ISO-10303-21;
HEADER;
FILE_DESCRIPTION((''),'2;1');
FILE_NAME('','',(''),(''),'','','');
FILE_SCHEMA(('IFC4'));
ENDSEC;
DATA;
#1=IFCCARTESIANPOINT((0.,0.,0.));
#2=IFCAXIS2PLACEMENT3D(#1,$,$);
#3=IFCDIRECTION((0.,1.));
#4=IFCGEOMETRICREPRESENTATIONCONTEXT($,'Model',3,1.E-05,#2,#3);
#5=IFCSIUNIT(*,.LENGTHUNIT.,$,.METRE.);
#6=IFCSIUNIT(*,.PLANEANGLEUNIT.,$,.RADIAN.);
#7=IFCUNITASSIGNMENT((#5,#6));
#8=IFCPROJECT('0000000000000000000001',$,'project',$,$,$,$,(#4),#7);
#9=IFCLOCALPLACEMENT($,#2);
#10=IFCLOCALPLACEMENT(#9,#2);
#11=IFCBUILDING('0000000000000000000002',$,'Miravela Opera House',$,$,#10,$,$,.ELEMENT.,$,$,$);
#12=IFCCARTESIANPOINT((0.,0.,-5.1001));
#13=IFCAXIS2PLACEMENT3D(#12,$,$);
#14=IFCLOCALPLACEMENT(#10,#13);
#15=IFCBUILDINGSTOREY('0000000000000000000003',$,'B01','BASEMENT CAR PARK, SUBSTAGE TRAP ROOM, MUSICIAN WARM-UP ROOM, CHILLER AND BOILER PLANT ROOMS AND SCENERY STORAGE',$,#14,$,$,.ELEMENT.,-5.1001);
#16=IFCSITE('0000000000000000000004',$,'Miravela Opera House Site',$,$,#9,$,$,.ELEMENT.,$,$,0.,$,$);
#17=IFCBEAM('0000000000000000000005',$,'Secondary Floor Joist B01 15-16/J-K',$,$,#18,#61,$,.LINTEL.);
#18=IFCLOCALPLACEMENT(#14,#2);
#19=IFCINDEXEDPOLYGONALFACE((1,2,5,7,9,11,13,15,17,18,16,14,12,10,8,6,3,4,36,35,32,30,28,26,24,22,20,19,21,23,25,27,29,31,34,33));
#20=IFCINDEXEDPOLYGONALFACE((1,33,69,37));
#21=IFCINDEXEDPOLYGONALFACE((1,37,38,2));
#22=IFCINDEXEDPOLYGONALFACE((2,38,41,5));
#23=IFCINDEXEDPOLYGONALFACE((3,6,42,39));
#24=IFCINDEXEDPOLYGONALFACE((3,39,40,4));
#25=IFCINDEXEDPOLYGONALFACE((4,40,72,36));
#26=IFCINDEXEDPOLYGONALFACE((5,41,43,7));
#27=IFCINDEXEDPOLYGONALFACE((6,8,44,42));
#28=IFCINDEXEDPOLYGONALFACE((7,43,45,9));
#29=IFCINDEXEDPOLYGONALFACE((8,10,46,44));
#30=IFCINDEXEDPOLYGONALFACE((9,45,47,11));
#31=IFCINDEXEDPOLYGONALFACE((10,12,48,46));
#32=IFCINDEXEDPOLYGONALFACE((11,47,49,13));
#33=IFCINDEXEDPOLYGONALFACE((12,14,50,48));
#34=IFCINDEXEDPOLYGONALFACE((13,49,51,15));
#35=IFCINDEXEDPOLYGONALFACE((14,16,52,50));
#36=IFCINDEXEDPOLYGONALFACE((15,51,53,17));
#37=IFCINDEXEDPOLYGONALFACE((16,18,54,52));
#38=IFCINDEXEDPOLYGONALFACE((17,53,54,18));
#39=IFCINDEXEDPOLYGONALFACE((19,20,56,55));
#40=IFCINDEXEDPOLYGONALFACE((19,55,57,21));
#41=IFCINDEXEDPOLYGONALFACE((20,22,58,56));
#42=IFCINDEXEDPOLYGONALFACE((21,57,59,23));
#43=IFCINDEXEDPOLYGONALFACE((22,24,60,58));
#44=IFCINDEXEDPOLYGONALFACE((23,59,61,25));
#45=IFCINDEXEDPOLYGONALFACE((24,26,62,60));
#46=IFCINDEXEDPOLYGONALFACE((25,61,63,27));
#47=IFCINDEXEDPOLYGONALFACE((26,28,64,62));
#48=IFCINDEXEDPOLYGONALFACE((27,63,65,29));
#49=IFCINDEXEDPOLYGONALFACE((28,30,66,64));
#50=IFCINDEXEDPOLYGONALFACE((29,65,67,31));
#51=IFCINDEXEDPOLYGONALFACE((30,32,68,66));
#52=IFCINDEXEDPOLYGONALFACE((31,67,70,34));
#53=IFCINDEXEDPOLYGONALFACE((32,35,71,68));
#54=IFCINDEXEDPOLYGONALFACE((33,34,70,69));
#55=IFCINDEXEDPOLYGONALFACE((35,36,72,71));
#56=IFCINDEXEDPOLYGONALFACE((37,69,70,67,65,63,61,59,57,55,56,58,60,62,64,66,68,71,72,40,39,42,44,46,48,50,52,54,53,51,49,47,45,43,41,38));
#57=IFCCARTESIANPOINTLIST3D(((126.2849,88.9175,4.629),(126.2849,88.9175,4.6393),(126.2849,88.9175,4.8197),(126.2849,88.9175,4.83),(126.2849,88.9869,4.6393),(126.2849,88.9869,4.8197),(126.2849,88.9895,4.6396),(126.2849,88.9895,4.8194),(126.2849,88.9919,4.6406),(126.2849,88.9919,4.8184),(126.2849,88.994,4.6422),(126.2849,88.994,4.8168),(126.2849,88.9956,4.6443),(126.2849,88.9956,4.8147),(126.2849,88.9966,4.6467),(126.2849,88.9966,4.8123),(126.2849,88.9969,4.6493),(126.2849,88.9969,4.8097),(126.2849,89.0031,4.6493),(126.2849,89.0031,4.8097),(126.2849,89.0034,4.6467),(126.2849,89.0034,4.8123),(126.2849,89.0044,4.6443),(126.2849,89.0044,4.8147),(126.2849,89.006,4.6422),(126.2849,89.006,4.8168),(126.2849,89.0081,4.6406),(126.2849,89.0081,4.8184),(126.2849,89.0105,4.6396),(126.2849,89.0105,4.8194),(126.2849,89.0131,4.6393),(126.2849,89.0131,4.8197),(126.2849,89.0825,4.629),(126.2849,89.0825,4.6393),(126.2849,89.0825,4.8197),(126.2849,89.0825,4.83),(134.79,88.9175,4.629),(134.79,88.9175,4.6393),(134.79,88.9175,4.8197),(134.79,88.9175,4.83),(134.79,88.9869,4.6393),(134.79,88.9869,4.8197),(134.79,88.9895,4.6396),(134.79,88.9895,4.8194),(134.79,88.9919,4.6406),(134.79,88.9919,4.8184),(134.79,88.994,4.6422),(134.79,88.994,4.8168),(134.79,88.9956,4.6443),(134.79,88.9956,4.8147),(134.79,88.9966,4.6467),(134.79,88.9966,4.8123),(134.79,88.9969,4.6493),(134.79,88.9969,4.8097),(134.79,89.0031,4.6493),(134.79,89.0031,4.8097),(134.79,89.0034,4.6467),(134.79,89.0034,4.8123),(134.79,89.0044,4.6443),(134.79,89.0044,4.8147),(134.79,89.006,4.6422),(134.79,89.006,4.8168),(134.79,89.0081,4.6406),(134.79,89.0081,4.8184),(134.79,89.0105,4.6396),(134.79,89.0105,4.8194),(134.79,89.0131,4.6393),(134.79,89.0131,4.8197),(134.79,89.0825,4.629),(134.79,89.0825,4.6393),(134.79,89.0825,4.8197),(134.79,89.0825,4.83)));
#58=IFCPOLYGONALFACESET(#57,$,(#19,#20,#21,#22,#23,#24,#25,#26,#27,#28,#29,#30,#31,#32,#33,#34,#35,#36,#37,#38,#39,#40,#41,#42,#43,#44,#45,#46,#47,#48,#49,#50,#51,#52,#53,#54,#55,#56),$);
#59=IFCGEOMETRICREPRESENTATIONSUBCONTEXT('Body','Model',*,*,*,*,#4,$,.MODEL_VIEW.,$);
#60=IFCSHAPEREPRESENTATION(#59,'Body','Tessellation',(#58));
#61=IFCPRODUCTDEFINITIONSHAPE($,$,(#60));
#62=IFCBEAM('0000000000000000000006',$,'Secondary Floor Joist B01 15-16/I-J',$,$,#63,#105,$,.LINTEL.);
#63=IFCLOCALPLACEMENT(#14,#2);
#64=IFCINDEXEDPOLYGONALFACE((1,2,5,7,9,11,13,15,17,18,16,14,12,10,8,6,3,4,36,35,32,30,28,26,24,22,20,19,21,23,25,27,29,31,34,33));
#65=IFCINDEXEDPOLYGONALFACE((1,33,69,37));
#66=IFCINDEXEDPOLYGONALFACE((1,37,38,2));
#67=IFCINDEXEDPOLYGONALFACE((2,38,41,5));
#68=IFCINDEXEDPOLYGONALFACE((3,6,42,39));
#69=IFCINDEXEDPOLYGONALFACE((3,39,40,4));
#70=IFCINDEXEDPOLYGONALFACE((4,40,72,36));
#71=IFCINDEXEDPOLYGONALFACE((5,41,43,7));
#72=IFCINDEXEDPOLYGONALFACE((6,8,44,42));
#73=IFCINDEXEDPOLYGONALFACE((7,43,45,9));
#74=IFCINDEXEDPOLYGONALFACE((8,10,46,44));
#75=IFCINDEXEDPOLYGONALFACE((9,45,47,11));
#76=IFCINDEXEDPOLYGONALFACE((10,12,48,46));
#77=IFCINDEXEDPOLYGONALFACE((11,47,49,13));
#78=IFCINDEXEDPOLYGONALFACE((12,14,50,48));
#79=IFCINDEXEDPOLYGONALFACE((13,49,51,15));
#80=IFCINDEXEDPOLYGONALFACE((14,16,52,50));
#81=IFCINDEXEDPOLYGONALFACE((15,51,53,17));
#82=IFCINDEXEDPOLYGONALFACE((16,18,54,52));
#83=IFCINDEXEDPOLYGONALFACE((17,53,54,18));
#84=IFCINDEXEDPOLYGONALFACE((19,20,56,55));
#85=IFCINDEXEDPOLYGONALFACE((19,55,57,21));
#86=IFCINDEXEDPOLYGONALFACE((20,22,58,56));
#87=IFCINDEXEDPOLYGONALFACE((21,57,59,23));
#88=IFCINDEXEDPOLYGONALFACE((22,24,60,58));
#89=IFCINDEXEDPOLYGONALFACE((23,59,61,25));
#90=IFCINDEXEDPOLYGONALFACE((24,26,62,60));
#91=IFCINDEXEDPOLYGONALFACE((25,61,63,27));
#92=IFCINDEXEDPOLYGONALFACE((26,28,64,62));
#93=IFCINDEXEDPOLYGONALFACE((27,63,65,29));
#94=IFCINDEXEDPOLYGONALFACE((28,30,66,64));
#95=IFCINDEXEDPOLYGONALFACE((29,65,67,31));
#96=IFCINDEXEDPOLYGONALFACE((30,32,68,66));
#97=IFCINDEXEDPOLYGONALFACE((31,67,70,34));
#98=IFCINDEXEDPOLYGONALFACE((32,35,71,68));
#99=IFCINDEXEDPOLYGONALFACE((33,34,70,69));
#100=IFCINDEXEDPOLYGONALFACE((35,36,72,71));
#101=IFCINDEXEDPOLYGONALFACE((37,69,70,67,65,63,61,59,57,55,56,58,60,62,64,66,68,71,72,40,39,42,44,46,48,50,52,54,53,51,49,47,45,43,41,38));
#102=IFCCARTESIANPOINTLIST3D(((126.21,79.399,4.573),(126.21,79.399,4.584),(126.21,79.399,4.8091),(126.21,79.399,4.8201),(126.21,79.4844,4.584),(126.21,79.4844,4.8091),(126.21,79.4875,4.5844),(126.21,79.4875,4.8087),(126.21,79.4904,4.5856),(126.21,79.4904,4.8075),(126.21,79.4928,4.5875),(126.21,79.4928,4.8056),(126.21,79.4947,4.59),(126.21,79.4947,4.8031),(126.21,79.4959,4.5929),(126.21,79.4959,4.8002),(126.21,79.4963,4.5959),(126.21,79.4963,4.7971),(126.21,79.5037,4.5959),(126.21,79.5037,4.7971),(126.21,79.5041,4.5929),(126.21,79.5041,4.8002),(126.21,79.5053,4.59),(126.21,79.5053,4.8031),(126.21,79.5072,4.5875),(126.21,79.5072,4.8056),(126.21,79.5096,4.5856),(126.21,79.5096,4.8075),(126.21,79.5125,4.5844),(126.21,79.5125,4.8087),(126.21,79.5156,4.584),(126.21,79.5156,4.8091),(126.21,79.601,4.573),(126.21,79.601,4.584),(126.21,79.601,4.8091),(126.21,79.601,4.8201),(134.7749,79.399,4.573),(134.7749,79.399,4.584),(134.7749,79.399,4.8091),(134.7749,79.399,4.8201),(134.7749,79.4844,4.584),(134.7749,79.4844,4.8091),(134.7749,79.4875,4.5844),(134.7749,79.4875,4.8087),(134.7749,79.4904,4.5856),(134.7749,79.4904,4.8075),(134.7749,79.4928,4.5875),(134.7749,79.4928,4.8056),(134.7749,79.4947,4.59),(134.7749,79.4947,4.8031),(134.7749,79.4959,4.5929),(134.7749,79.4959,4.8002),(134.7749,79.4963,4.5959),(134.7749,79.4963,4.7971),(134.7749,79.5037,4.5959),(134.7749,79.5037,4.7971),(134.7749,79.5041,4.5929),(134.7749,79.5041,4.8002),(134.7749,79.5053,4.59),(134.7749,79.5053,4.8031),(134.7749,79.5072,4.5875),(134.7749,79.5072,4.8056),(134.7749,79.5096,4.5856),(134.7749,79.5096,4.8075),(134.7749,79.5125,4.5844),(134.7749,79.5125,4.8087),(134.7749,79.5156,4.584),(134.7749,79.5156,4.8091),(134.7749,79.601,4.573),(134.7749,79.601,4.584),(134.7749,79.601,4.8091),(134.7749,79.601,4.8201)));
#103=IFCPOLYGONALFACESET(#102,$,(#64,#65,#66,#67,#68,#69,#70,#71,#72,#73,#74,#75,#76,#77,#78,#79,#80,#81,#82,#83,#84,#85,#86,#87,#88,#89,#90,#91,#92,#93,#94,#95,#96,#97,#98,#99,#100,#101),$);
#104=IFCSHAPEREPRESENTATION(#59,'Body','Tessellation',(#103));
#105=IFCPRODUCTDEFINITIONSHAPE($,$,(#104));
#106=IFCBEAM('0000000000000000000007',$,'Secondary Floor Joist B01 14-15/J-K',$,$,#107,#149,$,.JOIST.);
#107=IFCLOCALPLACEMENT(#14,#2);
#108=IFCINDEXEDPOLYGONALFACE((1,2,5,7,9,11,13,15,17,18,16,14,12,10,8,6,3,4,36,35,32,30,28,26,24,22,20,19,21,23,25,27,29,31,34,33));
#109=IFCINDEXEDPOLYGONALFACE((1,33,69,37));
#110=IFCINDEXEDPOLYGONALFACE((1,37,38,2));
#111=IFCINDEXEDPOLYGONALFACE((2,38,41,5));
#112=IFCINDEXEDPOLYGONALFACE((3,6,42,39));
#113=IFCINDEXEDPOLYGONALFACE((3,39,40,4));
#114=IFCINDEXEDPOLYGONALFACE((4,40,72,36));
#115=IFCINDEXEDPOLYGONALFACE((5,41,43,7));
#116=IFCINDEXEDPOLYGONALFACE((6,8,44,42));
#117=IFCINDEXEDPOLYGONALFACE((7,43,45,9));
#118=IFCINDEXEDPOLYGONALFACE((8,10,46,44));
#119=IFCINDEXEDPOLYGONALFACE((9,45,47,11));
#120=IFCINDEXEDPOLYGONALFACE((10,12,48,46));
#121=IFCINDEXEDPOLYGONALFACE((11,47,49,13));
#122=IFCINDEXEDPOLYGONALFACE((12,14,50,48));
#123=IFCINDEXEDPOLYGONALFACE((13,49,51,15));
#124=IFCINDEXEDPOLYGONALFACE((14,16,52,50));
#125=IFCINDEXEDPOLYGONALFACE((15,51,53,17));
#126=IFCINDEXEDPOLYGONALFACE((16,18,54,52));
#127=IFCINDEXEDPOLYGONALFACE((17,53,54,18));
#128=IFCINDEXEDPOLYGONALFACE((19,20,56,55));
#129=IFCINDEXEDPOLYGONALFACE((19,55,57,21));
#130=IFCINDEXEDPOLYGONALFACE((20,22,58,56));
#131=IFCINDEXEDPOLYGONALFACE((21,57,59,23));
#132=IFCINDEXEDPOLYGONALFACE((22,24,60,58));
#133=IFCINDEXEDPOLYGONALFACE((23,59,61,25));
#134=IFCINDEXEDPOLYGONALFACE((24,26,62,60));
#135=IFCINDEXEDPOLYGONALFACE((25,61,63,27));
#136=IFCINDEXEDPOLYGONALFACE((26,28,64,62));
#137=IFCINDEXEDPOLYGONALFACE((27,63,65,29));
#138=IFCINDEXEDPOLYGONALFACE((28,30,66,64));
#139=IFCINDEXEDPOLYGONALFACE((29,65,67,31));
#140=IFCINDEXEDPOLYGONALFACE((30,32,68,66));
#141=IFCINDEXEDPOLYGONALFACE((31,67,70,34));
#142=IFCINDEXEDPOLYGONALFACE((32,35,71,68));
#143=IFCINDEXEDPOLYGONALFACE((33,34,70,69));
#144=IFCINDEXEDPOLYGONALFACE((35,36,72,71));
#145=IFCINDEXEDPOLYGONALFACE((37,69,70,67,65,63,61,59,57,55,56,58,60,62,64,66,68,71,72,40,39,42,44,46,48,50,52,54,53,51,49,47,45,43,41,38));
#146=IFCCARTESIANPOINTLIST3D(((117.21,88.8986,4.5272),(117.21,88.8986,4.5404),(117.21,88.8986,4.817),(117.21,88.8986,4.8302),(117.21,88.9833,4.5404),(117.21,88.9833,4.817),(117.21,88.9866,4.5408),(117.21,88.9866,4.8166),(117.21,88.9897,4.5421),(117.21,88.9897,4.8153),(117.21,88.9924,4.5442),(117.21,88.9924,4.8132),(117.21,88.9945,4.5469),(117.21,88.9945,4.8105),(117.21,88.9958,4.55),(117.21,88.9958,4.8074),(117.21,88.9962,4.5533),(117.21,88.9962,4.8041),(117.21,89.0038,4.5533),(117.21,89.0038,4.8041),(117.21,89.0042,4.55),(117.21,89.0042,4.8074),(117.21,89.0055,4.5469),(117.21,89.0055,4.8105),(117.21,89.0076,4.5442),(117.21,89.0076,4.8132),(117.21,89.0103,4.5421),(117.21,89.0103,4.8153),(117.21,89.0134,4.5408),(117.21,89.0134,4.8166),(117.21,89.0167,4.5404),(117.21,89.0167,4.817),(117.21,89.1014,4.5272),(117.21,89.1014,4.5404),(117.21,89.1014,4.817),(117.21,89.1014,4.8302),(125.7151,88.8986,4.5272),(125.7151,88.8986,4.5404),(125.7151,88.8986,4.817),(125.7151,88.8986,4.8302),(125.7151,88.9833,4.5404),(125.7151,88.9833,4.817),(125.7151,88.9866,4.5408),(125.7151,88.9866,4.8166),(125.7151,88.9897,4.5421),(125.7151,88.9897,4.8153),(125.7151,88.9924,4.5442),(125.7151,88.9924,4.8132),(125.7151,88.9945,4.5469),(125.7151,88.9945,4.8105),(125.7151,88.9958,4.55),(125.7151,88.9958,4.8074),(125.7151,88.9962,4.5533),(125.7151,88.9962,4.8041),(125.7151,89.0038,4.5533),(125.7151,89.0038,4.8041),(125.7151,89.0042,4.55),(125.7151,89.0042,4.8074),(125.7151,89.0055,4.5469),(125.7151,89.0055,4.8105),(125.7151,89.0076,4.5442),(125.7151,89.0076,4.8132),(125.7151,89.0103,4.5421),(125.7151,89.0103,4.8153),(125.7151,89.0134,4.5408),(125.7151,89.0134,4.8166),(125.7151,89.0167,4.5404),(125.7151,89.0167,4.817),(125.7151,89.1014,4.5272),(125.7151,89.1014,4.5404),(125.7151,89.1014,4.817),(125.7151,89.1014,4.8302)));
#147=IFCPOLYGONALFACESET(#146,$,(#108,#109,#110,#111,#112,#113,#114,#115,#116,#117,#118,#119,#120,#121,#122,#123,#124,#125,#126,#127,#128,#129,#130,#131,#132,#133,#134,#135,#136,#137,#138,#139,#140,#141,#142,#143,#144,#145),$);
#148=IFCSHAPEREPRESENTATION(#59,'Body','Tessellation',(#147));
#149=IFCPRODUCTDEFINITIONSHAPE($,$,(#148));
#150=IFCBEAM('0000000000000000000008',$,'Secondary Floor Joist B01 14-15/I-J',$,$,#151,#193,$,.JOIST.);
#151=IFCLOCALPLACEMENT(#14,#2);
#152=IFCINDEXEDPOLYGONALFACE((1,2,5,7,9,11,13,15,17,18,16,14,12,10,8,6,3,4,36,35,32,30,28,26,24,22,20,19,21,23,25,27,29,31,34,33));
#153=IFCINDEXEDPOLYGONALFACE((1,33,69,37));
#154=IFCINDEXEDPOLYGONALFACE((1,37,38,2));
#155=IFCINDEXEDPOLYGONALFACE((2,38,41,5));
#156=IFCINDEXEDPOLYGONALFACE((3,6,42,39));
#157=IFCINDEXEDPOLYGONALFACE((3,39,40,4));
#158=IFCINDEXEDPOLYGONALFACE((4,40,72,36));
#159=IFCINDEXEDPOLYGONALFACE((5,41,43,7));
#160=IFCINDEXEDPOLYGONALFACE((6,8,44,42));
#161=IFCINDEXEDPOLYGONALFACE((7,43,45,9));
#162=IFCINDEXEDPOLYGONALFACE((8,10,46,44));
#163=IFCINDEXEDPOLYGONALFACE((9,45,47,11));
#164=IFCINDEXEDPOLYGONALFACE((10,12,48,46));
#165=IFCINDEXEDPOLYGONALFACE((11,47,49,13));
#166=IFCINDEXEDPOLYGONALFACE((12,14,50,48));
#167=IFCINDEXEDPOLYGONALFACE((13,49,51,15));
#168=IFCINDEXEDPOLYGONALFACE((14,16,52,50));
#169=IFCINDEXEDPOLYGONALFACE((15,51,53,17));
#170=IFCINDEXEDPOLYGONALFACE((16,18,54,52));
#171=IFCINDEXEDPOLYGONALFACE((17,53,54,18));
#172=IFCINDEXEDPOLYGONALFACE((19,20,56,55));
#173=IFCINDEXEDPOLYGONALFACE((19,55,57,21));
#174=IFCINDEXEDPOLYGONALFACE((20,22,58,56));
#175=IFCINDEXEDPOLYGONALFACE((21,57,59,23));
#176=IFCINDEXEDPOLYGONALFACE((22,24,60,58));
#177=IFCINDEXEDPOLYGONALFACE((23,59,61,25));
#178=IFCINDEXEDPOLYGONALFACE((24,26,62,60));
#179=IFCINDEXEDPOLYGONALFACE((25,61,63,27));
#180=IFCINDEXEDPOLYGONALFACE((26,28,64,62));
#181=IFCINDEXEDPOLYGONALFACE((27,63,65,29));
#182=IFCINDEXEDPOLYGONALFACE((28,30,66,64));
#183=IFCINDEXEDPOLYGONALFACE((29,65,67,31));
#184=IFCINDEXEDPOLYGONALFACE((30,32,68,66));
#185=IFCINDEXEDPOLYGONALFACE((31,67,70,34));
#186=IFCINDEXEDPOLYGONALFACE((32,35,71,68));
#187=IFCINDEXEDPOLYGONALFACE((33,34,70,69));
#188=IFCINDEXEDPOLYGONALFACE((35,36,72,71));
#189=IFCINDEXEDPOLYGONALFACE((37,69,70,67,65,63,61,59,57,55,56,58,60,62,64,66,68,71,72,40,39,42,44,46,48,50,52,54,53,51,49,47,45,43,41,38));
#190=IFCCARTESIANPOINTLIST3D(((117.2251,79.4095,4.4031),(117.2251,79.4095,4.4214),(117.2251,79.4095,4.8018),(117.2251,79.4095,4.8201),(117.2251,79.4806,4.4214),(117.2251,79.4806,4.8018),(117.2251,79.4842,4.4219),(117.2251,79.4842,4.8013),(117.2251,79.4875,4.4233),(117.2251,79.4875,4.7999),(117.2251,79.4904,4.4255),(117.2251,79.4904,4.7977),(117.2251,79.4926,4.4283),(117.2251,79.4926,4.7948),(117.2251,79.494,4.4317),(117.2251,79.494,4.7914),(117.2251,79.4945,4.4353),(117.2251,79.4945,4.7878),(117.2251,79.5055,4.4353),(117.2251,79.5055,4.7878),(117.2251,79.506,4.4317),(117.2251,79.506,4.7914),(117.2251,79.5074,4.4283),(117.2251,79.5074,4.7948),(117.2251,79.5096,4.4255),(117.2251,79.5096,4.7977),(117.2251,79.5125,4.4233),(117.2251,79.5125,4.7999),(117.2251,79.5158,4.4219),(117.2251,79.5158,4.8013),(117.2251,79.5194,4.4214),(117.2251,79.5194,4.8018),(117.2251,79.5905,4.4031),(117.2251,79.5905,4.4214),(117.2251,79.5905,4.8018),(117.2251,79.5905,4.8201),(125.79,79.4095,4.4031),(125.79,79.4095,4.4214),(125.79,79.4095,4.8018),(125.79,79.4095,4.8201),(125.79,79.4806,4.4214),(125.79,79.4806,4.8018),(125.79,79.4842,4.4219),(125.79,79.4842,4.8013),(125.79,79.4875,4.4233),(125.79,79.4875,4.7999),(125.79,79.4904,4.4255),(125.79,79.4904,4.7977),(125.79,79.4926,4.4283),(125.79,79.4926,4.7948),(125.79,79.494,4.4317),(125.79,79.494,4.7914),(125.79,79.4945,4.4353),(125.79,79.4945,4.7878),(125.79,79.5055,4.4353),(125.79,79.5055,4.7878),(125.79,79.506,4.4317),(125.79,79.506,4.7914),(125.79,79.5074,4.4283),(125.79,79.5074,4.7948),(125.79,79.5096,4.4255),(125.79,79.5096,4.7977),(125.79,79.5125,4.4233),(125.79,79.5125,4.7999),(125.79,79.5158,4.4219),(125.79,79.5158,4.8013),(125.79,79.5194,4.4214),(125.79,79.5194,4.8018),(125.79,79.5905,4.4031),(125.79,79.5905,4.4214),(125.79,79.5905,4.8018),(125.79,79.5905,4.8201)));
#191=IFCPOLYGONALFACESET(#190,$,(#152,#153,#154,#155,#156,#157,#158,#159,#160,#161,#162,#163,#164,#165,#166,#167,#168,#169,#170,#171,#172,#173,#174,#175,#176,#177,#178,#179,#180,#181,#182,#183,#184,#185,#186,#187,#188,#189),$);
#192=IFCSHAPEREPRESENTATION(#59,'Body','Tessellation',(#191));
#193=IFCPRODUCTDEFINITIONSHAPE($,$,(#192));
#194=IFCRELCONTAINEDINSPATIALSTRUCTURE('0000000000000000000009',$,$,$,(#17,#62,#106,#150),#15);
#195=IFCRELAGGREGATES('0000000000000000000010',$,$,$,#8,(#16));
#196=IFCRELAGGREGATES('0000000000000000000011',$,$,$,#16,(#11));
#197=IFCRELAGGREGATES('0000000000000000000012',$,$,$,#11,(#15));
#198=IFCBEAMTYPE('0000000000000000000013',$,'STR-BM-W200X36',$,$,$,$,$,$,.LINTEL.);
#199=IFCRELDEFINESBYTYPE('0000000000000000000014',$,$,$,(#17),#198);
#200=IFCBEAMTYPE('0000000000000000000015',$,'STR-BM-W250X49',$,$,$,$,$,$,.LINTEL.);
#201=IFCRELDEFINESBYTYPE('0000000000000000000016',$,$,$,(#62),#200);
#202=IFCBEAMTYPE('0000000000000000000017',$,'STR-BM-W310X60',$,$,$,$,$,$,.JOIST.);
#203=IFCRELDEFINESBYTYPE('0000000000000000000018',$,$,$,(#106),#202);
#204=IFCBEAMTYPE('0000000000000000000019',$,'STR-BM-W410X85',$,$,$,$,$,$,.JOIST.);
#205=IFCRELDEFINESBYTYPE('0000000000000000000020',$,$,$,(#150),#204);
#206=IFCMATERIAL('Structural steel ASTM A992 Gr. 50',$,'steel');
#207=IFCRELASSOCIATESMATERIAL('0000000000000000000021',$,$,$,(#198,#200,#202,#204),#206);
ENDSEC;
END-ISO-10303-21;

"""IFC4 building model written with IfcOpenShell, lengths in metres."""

from ifc_helpers import new_model, si_unit, direction, frame, origin, origin_2d, place, context, subcontext, project, spatial, i_section, extrude, material, material_profile, profile_set, type_object, element, save


model = new_model("IFC4")

# Units and contexts
model_context = context("Model", 3, precision=1e-05, world=origin(), true_north=direction((0.0, 1.0)))
body_context = subcontext(model_context, "Body", "Model", "MODEL_VIEW")
ifc_project = project(units=[si_unit("LENGTHUNIT", "METRE"), si_unit("PLANEANGLEUNIT", "RADIAN")], contexts=[model_context])

# Site, building, storey
site_placement = place(None, origin())
site = spatial("IfcSite", under=ifc_project, at=site_placement, Name="Miravela Opera House Site", CompositionType="ELEMENT", RefElevation=0.0)
building_placement = place(site_placement, origin())
building = spatial("IfcBuilding", under=site, at=building_placement, Name="Miravela Opera House", CompositionType="ELEMENT")
storey_placement = place(building_placement, frame((0.0, 0.0, -5.1001)))
storey = spatial("IfcBuildingStorey", under=building, at=storey_placement, Name="B01", Description="BASEMENT CAR PARK, SUBSTAGE TRAP ROOM, MUSICIAN WARM-UP ROOM, CHILLER AND BOILER PLANT ROOMS AND SCENERY STORAGE", CompositionType="ELEMENT", Elevation=-5.1001)

# Beams
ifc_material_1 = material(Name="Structural steel ASTM A992 Gr. 50", Category="steel")
ifc_material_profile_1 = material_profile(ifc_material_1, i_section(OverallWidth=0.165, OverallDepth=0.2009, WebThickness=0.0061, FlangeThickness=0.0103, FilletRadius=0.01, at=origin_2d()), Name="W200X36")
ifc_profile_set_1 = profile_set([ifc_material_profile_1])
beam_type_1 = type_object("IfcBeamType", Name="STR-BM-W200X36", PredefinedType="LINTEL", material=ifc_profile_set_1)
beam_1_placement = place(storey_placement, frame((126.2849, 89.0, 4.7295), z_axis=(1.0, 0.0, 0.0), x_axis=(0.0, 1.0, 0.0)))
element("IfcBeam", 1, at=beam_1_placement, inside=storey, type_object=beam_type_1, Name="Secondary Floor Joist B01 15-16/J-K", PredefinedType="LINTEL", context=body_context, shape_type="SweptSolid", body=[
    extrude(i_section(OverallWidth=0.165, OverallDepth=0.2009, WebThickness=0.0061, FlangeThickness=0.0103, FilletRadius=0.01, at=origin_2d()), origin(), (0.0, 0.0, 1.0), 8.5051),
])
ifc_material_profile_2 = material_profile(ifc_material_1, i_section(OverallWidth=0.2019, OverallDepth=0.2471, WebThickness=0.0073, FlangeThickness=0.011, FilletRadius=0.012, at=origin_2d()), Name="W250X49")
ifc_profile_set_2 = profile_set([ifc_material_profile_2])
beam_type_2 = type_object("IfcBeamType", Name="STR-BM-W250X49", PredefinedType="LINTEL", material=ifc_profile_set_2)
beam_2_placement = place(storey_placement, frame((126.21, 79.5, 4.6965), z_axis=(1.0, 0.0, 0.0), x_axis=(0.0, 1.0, 0.0)))
element("IfcBeam", 2, at=beam_2_placement, inside=storey, type_object=beam_type_2, Name="Secondary Floor Joist B01 15-16/I-J", PredefinedType="LINTEL", context=body_context, shape_type="SweptSolid", body=[
    extrude(i_section(OverallWidth=0.2019, OverallDepth=0.2471, WebThickness=0.0073, FlangeThickness=0.011, FilletRadius=0.012, at=origin_2d()), origin(), (0.0, 0.0, 1.0), 8.5649),
])
ifc_material_profile_3 = material_profile(ifc_material_1, i_section(OverallWidth=0.2029, OverallDepth=0.303, WebThickness=0.0076, FlangeThickness=0.0132, FilletRadius=0.0129, at=origin_2d()), Name="W310X60")
ifc_profile_set_3 = profile_set([ifc_material_profile_3])
beam_type_3 = type_object("IfcBeamType", Name="STR-BM-W310X60", PredefinedType="JOIST", material=ifc_profile_set_3)
beam_3_placement = place(storey_placement, frame((117.21, 89.0, 4.6787), z_axis=(1.0, 0.0, 0.0), x_axis=(0.0, 1.0, 0.0)))
element("IfcBeam", 3, at=beam_3_placement, inside=storey, type_object=beam_type_3, Name="Secondary Floor Joist B01 14-15/J-K", PredefinedType="JOIST", context=body_context, shape_type="SweptSolid", body=[
    extrude(i_section(OverallWidth=0.2029, OverallDepth=0.303, WebThickness=0.0076, FlangeThickness=0.0132, FilletRadius=0.0129, at=origin_2d()), origin(), (0.0, 0.0, 1.0), 8.5051),
])
ifc_material_profile_4 = material_profile(ifc_material_1, i_section(OverallWidth=0.1809, OverallDepth=0.417, WebThickness=0.011, FlangeThickness=0.0183, FilletRadius=0.0139, at=origin_2d()), Name="W410X85")
ifc_profile_set_4 = profile_set([ifc_material_profile_4])
beam_type_4 = type_object("IfcBeamType", Name="STR-BM-W410X85", PredefinedType="JOIST", material=ifc_profile_set_4)
beam_4_placement = place(storey_placement, frame((117.2251, 79.5, 4.6116), z_axis=(1.0, 0.0, 0.0), x_axis=(0.0, 1.0, 0.0)))
element("IfcBeam", 4, at=beam_4_placement, inside=storey, type_object=beam_type_4, Name="Secondary Floor Joist B01 14-15/I-J", PredefinedType="JOIST", context=body_context, shape_type="SweptSolid", body=[
    extrude(i_section(OverallWidth=0.1809, OverallDepth=0.417, WebThickness=0.011, FlangeThickness=0.0183, FilletRadius=0.0139, at=origin_2d()), origin(), (0.0, 0.0, 1.0), 8.5649),
])

save(model, "model.ifc")
